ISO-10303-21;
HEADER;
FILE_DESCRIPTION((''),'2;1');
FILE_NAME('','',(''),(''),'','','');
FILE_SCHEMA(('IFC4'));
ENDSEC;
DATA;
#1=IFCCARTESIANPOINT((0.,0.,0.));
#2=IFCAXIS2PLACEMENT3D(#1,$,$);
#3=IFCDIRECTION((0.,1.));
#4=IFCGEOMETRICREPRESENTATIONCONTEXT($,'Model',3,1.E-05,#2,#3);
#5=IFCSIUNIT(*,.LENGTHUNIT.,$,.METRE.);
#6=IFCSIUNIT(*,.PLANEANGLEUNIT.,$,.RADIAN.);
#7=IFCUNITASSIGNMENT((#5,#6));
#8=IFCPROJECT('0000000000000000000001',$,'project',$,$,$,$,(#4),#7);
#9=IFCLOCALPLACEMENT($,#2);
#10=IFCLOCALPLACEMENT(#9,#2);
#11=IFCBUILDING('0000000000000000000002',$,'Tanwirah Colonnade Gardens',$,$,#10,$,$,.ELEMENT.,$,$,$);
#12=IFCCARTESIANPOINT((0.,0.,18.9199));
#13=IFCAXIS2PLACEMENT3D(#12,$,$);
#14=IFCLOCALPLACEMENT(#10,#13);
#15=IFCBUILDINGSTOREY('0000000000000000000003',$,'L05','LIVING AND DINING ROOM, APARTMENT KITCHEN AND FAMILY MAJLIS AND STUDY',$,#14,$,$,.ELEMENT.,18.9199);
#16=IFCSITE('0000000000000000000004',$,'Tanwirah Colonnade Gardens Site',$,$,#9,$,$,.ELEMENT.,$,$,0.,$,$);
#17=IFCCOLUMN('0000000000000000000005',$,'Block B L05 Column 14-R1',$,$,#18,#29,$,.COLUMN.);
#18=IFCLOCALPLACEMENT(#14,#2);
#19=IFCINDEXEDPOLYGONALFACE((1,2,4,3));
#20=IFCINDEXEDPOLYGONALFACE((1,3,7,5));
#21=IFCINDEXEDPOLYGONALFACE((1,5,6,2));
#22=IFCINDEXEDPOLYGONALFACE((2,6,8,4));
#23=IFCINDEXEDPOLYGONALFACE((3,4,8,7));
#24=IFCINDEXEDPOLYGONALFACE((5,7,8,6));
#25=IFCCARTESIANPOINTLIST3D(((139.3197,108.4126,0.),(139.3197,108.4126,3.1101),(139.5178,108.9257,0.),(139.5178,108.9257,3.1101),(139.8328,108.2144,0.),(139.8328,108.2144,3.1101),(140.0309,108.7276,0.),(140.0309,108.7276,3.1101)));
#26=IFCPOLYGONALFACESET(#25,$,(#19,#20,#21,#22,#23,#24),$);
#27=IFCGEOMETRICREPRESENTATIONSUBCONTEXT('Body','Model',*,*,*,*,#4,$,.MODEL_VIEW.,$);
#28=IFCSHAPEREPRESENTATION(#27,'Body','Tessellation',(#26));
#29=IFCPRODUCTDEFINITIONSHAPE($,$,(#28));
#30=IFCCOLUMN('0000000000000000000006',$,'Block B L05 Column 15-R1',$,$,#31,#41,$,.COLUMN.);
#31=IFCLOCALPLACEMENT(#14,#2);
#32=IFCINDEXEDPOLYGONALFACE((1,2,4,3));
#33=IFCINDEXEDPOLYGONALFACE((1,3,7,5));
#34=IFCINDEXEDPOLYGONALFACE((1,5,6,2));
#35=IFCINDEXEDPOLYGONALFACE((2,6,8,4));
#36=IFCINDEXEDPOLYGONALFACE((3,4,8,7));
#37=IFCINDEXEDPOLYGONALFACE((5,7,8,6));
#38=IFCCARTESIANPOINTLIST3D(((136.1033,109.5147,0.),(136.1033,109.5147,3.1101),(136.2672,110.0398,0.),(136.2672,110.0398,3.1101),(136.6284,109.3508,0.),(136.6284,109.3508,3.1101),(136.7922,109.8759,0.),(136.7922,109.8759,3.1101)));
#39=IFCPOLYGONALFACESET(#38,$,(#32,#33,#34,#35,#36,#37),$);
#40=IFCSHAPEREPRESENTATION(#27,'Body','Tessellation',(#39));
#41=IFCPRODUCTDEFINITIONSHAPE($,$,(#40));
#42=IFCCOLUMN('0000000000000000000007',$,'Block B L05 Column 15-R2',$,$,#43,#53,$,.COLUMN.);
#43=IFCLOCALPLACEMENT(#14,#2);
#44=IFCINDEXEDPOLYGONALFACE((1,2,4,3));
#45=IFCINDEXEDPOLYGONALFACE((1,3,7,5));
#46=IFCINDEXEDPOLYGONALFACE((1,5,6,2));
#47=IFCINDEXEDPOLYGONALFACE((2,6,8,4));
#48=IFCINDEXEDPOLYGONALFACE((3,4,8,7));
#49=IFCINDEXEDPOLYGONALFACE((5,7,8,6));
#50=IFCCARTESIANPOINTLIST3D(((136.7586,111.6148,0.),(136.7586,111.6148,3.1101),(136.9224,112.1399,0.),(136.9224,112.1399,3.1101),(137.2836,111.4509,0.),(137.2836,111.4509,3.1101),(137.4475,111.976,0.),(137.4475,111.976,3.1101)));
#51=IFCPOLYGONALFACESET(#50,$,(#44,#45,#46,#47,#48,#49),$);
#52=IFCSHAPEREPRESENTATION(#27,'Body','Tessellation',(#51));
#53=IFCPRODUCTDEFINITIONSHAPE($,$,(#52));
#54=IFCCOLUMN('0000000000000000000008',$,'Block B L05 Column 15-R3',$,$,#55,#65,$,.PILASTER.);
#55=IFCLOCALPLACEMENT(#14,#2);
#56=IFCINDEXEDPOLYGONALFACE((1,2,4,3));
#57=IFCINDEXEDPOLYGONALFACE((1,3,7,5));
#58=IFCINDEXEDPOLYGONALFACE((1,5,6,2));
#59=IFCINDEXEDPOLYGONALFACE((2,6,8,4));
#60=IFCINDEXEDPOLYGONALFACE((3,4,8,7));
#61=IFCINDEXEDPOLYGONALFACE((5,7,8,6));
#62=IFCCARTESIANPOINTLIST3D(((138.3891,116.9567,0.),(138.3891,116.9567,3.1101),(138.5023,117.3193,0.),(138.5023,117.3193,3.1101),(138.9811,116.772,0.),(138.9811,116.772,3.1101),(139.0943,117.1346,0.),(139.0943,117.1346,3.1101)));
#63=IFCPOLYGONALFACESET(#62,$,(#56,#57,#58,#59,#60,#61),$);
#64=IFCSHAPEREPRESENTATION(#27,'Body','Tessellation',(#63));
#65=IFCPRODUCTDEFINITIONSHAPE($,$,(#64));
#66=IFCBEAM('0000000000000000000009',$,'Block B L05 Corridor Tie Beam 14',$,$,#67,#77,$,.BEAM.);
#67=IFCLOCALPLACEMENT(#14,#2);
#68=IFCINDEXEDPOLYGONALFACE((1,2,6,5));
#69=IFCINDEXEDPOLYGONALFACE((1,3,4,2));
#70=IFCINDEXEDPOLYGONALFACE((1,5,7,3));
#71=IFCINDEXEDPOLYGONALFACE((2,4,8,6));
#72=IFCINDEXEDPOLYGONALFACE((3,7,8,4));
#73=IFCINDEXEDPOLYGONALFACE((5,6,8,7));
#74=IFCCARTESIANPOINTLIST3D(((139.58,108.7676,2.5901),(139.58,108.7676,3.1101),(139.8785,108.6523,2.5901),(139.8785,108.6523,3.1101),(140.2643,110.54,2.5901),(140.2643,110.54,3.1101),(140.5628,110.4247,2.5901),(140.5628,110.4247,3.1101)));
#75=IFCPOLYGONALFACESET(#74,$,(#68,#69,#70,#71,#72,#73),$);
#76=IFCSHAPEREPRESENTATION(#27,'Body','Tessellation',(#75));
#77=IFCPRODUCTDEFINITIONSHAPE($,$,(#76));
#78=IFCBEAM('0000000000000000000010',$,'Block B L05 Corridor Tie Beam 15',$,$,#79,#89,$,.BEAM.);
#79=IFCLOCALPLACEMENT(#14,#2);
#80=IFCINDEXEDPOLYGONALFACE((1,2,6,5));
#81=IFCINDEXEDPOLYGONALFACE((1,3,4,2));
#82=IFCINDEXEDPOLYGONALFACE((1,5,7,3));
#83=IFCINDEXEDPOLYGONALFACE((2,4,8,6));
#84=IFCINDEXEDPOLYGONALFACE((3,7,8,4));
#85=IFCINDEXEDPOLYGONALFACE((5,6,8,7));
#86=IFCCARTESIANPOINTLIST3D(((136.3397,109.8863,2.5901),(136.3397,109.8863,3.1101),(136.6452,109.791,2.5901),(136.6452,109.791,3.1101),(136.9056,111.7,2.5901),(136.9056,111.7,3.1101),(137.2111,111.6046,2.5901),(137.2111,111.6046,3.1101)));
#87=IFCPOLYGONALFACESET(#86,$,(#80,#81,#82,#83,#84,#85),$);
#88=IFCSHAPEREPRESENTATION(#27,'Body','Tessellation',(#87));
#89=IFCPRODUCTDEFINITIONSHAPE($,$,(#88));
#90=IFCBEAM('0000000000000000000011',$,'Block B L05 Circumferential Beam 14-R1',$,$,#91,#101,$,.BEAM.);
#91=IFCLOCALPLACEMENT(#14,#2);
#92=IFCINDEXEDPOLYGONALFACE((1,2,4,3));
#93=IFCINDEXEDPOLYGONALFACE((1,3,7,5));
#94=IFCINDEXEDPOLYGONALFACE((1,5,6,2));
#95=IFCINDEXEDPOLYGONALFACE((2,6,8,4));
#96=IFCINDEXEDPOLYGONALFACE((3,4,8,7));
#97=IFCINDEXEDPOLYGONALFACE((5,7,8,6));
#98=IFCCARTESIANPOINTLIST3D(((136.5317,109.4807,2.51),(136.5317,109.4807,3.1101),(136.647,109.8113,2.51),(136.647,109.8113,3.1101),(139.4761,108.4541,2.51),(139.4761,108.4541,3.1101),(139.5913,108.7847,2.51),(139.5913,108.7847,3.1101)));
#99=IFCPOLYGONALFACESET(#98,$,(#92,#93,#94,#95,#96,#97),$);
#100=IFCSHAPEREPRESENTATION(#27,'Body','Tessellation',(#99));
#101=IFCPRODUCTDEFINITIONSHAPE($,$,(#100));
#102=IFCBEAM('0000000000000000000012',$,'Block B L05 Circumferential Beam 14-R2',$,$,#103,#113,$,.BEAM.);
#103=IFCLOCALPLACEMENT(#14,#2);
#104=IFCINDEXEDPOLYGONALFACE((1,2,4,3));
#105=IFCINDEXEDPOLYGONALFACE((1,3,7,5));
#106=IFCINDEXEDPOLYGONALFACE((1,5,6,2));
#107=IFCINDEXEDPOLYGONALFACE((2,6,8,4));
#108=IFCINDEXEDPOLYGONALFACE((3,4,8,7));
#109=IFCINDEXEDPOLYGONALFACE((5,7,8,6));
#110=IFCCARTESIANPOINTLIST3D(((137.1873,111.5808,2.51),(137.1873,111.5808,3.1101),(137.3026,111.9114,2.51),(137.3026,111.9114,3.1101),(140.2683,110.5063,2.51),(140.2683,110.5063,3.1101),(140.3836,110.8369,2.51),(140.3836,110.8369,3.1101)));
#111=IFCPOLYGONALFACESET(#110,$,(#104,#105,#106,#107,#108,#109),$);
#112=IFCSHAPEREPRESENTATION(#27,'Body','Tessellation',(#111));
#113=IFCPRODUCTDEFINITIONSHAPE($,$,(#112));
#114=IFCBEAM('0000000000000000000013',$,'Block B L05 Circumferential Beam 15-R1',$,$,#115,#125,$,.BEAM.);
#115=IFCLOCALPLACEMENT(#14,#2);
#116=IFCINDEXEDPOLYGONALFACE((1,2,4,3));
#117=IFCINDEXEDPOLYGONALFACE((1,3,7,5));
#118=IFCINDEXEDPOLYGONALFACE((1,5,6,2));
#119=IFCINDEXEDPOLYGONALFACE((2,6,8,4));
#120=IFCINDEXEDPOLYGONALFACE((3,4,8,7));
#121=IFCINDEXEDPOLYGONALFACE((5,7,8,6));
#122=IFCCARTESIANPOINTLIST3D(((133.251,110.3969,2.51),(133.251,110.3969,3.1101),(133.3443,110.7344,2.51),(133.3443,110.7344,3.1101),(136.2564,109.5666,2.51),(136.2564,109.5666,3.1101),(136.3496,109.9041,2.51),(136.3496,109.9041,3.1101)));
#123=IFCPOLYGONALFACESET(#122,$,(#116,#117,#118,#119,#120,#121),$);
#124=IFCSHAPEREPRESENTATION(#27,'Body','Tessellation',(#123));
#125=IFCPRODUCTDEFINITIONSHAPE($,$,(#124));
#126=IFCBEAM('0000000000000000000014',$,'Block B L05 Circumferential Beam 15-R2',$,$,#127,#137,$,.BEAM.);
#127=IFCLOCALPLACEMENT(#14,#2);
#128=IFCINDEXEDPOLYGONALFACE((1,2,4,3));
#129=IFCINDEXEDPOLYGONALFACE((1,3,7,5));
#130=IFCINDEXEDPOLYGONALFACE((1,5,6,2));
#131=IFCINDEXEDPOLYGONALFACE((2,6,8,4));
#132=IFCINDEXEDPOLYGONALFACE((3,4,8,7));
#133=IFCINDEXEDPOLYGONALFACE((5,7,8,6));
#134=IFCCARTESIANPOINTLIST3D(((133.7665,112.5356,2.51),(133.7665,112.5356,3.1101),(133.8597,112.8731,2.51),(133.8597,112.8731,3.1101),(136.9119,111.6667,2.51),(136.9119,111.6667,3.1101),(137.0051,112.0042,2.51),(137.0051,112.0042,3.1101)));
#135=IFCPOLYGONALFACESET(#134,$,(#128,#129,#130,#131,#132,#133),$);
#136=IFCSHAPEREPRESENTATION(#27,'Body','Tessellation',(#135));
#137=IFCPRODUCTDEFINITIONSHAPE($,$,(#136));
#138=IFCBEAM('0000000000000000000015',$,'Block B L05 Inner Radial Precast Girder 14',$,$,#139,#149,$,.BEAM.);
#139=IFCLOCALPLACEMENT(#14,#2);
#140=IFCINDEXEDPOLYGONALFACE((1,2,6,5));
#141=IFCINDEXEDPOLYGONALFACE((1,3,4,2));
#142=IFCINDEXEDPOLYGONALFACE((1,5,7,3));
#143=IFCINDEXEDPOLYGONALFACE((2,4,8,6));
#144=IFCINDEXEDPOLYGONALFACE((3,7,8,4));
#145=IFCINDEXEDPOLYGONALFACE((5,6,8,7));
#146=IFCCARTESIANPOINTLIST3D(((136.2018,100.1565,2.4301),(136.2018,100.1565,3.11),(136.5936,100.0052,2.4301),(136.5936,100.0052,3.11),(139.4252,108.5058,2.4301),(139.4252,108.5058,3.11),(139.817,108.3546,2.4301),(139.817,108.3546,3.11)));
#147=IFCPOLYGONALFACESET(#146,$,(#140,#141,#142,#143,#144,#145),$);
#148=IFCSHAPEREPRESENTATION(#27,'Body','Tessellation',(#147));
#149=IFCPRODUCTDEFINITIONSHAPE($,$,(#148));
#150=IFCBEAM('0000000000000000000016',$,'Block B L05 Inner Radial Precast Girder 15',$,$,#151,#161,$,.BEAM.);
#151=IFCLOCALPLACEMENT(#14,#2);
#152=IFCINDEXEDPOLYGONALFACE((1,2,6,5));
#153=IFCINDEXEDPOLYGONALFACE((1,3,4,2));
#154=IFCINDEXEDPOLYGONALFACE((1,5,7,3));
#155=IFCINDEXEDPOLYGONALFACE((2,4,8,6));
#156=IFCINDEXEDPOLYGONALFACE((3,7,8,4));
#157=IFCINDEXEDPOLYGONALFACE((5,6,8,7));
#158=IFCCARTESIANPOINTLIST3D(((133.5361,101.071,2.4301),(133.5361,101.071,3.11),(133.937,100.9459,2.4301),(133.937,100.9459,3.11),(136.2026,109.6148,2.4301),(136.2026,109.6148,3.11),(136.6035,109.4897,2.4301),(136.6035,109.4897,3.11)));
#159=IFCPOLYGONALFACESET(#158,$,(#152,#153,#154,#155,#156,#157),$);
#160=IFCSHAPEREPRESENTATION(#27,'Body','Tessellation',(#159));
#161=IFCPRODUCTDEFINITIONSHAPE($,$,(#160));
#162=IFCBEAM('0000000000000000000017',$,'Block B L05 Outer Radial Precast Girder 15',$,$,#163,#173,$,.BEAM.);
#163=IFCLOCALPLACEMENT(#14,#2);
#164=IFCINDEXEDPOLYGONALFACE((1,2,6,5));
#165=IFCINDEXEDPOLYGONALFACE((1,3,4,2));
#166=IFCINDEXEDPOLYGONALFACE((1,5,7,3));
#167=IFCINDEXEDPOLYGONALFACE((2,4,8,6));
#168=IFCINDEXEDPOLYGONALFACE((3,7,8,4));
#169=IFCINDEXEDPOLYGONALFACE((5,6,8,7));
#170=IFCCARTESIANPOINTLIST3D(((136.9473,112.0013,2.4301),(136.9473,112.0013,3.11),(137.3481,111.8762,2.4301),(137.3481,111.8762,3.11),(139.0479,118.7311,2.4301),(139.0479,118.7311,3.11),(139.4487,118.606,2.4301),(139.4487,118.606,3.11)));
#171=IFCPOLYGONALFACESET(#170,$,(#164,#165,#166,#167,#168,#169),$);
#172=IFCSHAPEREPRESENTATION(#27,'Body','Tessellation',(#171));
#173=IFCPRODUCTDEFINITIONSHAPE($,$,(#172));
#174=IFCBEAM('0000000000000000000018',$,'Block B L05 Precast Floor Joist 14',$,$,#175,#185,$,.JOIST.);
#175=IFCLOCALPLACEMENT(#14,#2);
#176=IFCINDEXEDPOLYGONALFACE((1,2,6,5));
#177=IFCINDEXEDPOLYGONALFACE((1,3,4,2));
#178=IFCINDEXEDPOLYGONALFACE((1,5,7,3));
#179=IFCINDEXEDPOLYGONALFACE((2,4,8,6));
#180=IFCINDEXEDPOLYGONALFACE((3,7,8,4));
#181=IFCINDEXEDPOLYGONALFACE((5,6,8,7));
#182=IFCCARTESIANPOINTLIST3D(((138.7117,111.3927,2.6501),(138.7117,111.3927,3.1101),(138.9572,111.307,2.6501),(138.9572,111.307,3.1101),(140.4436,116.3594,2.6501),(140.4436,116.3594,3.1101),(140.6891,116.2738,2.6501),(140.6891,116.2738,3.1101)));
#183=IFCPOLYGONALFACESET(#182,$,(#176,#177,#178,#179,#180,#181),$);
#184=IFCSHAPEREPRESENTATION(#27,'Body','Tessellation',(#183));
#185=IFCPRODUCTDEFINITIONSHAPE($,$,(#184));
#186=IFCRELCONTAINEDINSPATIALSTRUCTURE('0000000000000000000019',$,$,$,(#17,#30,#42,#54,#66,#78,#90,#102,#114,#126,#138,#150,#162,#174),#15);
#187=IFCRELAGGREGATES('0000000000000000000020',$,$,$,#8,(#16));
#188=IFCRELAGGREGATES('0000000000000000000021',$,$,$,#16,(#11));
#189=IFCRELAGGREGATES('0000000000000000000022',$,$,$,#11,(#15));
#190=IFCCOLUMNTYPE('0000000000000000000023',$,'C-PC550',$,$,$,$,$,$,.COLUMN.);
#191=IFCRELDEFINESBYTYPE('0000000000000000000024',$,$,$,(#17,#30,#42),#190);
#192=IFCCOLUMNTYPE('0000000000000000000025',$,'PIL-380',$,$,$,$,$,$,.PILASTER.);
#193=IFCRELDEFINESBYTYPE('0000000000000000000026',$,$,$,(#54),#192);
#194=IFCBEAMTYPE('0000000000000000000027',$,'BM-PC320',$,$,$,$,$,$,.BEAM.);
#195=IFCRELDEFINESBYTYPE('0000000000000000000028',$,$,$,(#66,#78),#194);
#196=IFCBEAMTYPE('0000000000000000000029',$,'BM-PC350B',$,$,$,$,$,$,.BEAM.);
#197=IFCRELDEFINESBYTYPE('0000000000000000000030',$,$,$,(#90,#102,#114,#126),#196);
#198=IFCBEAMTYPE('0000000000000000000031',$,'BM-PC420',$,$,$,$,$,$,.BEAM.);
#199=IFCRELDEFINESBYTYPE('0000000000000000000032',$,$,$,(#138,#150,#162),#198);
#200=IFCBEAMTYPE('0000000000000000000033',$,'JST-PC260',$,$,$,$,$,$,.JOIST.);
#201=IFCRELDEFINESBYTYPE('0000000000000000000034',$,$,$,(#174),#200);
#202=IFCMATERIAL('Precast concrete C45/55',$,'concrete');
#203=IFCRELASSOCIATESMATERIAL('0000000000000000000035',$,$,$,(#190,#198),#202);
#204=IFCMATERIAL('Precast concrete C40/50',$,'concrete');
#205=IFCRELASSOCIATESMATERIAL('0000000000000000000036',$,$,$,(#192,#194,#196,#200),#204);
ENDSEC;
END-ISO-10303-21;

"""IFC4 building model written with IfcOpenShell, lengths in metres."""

from ifc_helpers import new_model, si_unit, direction, frame, origin, origin_2d, place, context, subcontext, project, spatial, rectangle, extrude, material, material_profile, profile_set, type_object, element, save


model = new_model("IFC4")

# Units and contexts
model_context = context("Model", 3, precision=1e-05, world=origin(), true_north=direction((0.0, 1.0)))
body_context = subcontext(model_context, "Body", "Model", "MODEL_VIEW")
ifc_project = project(units=[si_unit("LENGTHUNIT", "METRE"), si_unit("PLANEANGLEUNIT", "RADIAN")], contexts=[model_context])

# Site, building, storey
site_placement = place(None, origin())
site = spatial("IfcSite", under=ifc_project, at=site_placement, Name="Tanwirah Colonnade Gardens Site", CompositionType="ELEMENT", RefElevation=0.0)
building_placement = place(site_placement, origin())
building = spatial("IfcBuilding", under=site, at=building_placement, Name="Tanwirah Colonnade Gardens", CompositionType="ELEMENT")
storey_placement = place(building_placement, frame((0.0, 0.0, 18.9199)))
storey = spatial("IfcBuildingStorey", under=building, at=storey_placement, Name="L05", Description="LIVING AND DINING ROOM, APARTMENT KITCHEN AND FAMILY MAJLIS AND STUDY", CompositionType="ELEMENT", Elevation=18.9199)

# Columns
ifc_material_1 = material(Name="Precast concrete C45/55", Category="concrete")
ifc_material_profile_1 = material_profile(ifc_material_1, rectangle(XDim=0.55, YDim=0.55, at=origin_2d()), Name="PC-COL 550x550")
ifc_profile_set_1 = profile_set([ifc_material_profile_1], Name="Precast concrete C45/55")
column_type_1 = type_object("IfcColumnType", Name="C-PC550", PredefinedType="COLUMN", material=ifc_profile_set_1)
for number, where, z_axis, x_axis, name in (
    (1, (139.6753, 108.5701, 0.0), (0.0, 0.0, 1.0), (0.360178, 0.932884, 0.0), "Block B L05 Column 14-R1"),
    (2, (136.4478, 109.6953, 0.0), (0.0, 0.0, 1.0), (0.29793, 0.954588, 0.0), "Block B L05 Column 15-R1"),
    (3, (137.103, 111.7954, 0.0), (0.0, 0.0, 1.0), (0.29793, 0.954588, 0.0), "Block B L05 Column 15-R2"),
):
    element("IfcColumn", number, at=place(storey_placement, frame(where, z_axis=z_axis, x_axis=x_axis)), inside=storey, type_object=column_type_1, Name=name, PredefinedType="COLUMN", context=body_context, shape_type="SweptSolid", body=[
        extrude(rectangle(XDim=0.55, YDim=0.55, at=origin_2d()), origin(), (0.0, 0.0, 1.0), 3.1101),
    ])
ifc_material_2 = material(Name="Precast concrete C40/50", Category="concrete")
ifc_material_profile_2 = material_profile(ifc_material_2, rectangle(XDim=0.3799, YDim=0.6201, at=origin_2d()), Name="PC-PIL 380x620")
ifc_profile_set_2 = profile_set([ifc_material_profile_2], Name="Precast concrete C40/50")
column_type_2 = type_object("IfcColumnType", Name="PIL-380", PredefinedType="PILASTER", material=ifc_profile_set_2)
column_placement = place(storey_placement, frame((138.7417, 117.0457, 0.0), z_axis=(0.0, 0.0, 1.0), x_axis=(0.29793, 0.954588, 0.0)))
element("IfcColumn", 4, at=column_placement, inside=storey, type_object=column_type_2, Name="Block B L05 Column 15-R3", PredefinedType="PILASTER", context=body_context, shape_type="SweptSolid", body=[
    extrude(rectangle(XDim=0.3799, YDim=0.6201, at=origin_2d()), origin(), (0.0, 0.0, 1.0), 3.1101),
])

# Beams
ifc_material_profile_3 = material_profile(ifc_material_2, rectangle(XDim=0.3201, YDim=0.52, at=origin_2d()), Name="PC-BM 320x520")
ifc_profile_set_3 = profile_set([ifc_material_profile_3], Name="Precast concrete C40/50")
beam_type_1 = type_object("IfcBeamType", Name="BM-PC320", PredefinedType="BEAM", material=ifc_profile_set_3)
for number, where, z_axis, x_axis, name in (
    (5, (139.7292, 108.71, 2.8501), (0.360176, 0.932885, 0.0), (-0.932885, 0.360176, 0.0), "Block B L05 Corridor Tie Beam 14"),
    (6, (136.4924, 109.8386, 2.8501), (0.297858, 0.95461, 0.0), (-0.95461, 0.297858, 0.0), "Block B L05 Corridor Tie Beam 15"),
):
    element("IfcBeam", number, at=place(storey_placement, frame(where, z_axis=z_axis, x_axis=x_axis)), inside=storey, type_object=beam_type_1, Name=name, PredefinedType="BEAM", context=body_context, shape_type="SweptSolid", body=[
        extrude(rectangle(XDim=0.3201, YDim=0.52, at=origin_2d()), origin(), (0.0, 0.0, 1.0), 1.8999),
    ])
ifc_material_profile_4 = material_profile(ifc_material_2, rectangle(XDim=0.3501, YDim=0.6001, at=origin_2d()), Name="PC-BM 350x600")
ifc_profile_set_4 = profile_set([ifc_material_profile_4], Name="Precast concrete C40/50")
beam_type_2 = type_object("IfcBeamType", Name="BM-PC350B", PredefinedType="BEAM", material=ifc_profile_set_4)
beam_1_placement = place(storey_placement, frame((139.5337, 108.6194, 2.8101), z_axis=(-0.944248, 0.329234, 0.0), x_axis=(-0.329234, -0.944248, 0.0)))
element("IfcBeam", 7, at=beam_1_placement, inside=storey, type_object=beam_type_2, Name="Block B L05 Circumferential Beam 14-R1", PredefinedType="BEAM", context=body_context, shape_type="SweptSolid", body=[
    extrude(rectangle(XDim=0.3501, YDim=0.6001, at=origin_2d()), origin(), (0.0, 0.0, 1.0), 3.1182),
])
beam_2_placement = place(storey_placement, frame((140.3259, 110.6716, 2.8101), z_axis=(-0.944231, 0.329284, 0.0), x_axis=(-0.329284, -0.944231, 0.0)))
element("IfcBeam", 8, at=beam_2_placement, inside=storey, type_object=beam_type_2, Name="Block B L05 Circumferential Beam 14-R2", PredefinedType="BEAM", context=body_context, shape_type="SweptSolid", body=[
    extrude(rectangle(XDim=0.3501, YDim=0.6001, at=origin_2d()), origin(), (0.0, 0.0, 1.0), 3.2629),
])
beam_3_placement = place(storey_placement, frame((136.303, 109.7354, 2.8101), z_axis=(-0.963889, 0.266303, 0.0), x_axis=(-0.266303, -0.963889, 0.0)))
element("IfcBeam", 9, at=beam_3_placement, inside=storey, type_object=beam_type_2, Name="Block B L05 Circumferential Beam 15-R1", PredefinedType="BEAM", context=body_context, shape_type="SweptSolid", body=[
    extrude(rectangle(XDim=0.3501, YDim=0.6001, at=origin_2d()), origin(), (0.0, 0.0, 1.0), 3.1179),
])
beam_4_placement = place(storey_placement, frame((136.9585, 111.8354, 2.8101), z_axis=(-0.963895, 0.266281, 0.0), x_axis=(-0.266281, -0.963895, 0.0)))
element("IfcBeam", 10, at=beam_4_placement, inside=storey, type_object=beam_type_2, Name="Block B L05 Circumferential Beam 15-R2", PredefinedType="BEAM", context=body_context, shape_type="SweptSolid", body=[
    extrude(rectangle(XDim=0.3501, YDim=0.6001, at=origin_2d()), origin(), (0.0, 0.0, 1.0), 3.2632),
])
ifc_material_profile_5 = material_profile(ifc_material_1, rectangle(XDim=0.4199, YDim=0.6799, at=origin_2d()), Name="PC-BM 420x680")
ifc_profile_set_5 = profile_set([ifc_material_profile_5], Name="Precast concrete C45/55")
beam_type_3 = type_object("IfcBeamType", Name="BM-PC420", PredefinedType="BEAM", material=ifc_profile_set_5)
beam_5_placement = place(storey_placement, frame((139.6211, 108.4302, 2.77), z_axis=(-0.360156, -0.932892, 0.0), x_axis=(0.932892, -0.360156, 0.0)))
element("IfcBeam", 11, at=beam_5_placement, inside=storey, type_object=beam_type_3, Name="Block B L05 Inner Radial Precast Girder 14", PredefinedType="BEAM", context=body_context, shape_type="SweptSolid", body=[
    extrude(rectangle(XDim=0.4199, YDim=0.6799, at=origin_2d()), origin(), (0.0, 0.0, 1.0), 8.95),
])
beam_6_placement = place(storey_placement, frame((136.4031, 109.5522, 2.77), z_axis=(-0.297929, -0.954588, 0.0), x_axis=(0.954588, -0.297929, 0.0)))
element("IfcBeam", 12, at=beam_6_placement, inside=storey, type_object=beam_type_3, Name="Block B L05 Inner Radial Precast Girder 15", PredefinedType="BEAM", context=body_context, shape_type="SweptSolid", body=[
    extrude(rectangle(XDim=0.4199, YDim=0.6799, at=origin_2d()), origin(), (0.0, 0.0, 1.0), 8.9502),
])
beam_7_placement = place(storey_placement, frame((137.1477, 111.9387, 2.77), z_axis=(0.297958, 0.954579, 0.0), x_axis=(-0.954579, 0.297958, 0.0)))
element("IfcBeam", 13, at=beam_7_placement, inside=storey, type_object=beam_type_3, Name="Block B L05 Outer Radial Precast Girder 15", PredefinedType="BEAM", context=body_context, shape_type="SweptSolid", body=[
    extrude(rectangle(XDim=0.4199, YDim=0.6799, at=origin_2d()), origin(), (0.0, 0.0, 1.0), 7.05),
])
ifc_material_profile_6 = material_profile(ifc_material_2, rectangle(XDim=0.26, YDim=0.46, at=origin_2d()), Name="PC-JST 260x460")
ifc_profile_set_6 = profile_set([ifc_material_profile_6], Name="Precast concrete C40/50")
beam_type_4 = type_object("IfcBeamType", Name="JST-PC260", PredefinedType="JOIST", material=ifc_profile_set_6)
beam_8_placement = place(storey_placement, frame((138.8345, 111.3499, 2.8801), z_axis=(0.329259, 0.94424, 0.0), x_axis=(-0.94424, 0.329259, 0.0)))
element("IfcBeam", 14, at=beam_8_placement, inside=storey, type_object=beam_type_4, Name="Block B L05 Precast Floor Joist 14", PredefinedType="JOIST", context=body_context, shape_type="SweptSolid", body=[
    extrude(rectangle(XDim=0.26, YDim=0.46, at=origin_2d()), origin(), (0.0, 0.0, 1.0), 5.26),
])

save(model, "model.ifc")
